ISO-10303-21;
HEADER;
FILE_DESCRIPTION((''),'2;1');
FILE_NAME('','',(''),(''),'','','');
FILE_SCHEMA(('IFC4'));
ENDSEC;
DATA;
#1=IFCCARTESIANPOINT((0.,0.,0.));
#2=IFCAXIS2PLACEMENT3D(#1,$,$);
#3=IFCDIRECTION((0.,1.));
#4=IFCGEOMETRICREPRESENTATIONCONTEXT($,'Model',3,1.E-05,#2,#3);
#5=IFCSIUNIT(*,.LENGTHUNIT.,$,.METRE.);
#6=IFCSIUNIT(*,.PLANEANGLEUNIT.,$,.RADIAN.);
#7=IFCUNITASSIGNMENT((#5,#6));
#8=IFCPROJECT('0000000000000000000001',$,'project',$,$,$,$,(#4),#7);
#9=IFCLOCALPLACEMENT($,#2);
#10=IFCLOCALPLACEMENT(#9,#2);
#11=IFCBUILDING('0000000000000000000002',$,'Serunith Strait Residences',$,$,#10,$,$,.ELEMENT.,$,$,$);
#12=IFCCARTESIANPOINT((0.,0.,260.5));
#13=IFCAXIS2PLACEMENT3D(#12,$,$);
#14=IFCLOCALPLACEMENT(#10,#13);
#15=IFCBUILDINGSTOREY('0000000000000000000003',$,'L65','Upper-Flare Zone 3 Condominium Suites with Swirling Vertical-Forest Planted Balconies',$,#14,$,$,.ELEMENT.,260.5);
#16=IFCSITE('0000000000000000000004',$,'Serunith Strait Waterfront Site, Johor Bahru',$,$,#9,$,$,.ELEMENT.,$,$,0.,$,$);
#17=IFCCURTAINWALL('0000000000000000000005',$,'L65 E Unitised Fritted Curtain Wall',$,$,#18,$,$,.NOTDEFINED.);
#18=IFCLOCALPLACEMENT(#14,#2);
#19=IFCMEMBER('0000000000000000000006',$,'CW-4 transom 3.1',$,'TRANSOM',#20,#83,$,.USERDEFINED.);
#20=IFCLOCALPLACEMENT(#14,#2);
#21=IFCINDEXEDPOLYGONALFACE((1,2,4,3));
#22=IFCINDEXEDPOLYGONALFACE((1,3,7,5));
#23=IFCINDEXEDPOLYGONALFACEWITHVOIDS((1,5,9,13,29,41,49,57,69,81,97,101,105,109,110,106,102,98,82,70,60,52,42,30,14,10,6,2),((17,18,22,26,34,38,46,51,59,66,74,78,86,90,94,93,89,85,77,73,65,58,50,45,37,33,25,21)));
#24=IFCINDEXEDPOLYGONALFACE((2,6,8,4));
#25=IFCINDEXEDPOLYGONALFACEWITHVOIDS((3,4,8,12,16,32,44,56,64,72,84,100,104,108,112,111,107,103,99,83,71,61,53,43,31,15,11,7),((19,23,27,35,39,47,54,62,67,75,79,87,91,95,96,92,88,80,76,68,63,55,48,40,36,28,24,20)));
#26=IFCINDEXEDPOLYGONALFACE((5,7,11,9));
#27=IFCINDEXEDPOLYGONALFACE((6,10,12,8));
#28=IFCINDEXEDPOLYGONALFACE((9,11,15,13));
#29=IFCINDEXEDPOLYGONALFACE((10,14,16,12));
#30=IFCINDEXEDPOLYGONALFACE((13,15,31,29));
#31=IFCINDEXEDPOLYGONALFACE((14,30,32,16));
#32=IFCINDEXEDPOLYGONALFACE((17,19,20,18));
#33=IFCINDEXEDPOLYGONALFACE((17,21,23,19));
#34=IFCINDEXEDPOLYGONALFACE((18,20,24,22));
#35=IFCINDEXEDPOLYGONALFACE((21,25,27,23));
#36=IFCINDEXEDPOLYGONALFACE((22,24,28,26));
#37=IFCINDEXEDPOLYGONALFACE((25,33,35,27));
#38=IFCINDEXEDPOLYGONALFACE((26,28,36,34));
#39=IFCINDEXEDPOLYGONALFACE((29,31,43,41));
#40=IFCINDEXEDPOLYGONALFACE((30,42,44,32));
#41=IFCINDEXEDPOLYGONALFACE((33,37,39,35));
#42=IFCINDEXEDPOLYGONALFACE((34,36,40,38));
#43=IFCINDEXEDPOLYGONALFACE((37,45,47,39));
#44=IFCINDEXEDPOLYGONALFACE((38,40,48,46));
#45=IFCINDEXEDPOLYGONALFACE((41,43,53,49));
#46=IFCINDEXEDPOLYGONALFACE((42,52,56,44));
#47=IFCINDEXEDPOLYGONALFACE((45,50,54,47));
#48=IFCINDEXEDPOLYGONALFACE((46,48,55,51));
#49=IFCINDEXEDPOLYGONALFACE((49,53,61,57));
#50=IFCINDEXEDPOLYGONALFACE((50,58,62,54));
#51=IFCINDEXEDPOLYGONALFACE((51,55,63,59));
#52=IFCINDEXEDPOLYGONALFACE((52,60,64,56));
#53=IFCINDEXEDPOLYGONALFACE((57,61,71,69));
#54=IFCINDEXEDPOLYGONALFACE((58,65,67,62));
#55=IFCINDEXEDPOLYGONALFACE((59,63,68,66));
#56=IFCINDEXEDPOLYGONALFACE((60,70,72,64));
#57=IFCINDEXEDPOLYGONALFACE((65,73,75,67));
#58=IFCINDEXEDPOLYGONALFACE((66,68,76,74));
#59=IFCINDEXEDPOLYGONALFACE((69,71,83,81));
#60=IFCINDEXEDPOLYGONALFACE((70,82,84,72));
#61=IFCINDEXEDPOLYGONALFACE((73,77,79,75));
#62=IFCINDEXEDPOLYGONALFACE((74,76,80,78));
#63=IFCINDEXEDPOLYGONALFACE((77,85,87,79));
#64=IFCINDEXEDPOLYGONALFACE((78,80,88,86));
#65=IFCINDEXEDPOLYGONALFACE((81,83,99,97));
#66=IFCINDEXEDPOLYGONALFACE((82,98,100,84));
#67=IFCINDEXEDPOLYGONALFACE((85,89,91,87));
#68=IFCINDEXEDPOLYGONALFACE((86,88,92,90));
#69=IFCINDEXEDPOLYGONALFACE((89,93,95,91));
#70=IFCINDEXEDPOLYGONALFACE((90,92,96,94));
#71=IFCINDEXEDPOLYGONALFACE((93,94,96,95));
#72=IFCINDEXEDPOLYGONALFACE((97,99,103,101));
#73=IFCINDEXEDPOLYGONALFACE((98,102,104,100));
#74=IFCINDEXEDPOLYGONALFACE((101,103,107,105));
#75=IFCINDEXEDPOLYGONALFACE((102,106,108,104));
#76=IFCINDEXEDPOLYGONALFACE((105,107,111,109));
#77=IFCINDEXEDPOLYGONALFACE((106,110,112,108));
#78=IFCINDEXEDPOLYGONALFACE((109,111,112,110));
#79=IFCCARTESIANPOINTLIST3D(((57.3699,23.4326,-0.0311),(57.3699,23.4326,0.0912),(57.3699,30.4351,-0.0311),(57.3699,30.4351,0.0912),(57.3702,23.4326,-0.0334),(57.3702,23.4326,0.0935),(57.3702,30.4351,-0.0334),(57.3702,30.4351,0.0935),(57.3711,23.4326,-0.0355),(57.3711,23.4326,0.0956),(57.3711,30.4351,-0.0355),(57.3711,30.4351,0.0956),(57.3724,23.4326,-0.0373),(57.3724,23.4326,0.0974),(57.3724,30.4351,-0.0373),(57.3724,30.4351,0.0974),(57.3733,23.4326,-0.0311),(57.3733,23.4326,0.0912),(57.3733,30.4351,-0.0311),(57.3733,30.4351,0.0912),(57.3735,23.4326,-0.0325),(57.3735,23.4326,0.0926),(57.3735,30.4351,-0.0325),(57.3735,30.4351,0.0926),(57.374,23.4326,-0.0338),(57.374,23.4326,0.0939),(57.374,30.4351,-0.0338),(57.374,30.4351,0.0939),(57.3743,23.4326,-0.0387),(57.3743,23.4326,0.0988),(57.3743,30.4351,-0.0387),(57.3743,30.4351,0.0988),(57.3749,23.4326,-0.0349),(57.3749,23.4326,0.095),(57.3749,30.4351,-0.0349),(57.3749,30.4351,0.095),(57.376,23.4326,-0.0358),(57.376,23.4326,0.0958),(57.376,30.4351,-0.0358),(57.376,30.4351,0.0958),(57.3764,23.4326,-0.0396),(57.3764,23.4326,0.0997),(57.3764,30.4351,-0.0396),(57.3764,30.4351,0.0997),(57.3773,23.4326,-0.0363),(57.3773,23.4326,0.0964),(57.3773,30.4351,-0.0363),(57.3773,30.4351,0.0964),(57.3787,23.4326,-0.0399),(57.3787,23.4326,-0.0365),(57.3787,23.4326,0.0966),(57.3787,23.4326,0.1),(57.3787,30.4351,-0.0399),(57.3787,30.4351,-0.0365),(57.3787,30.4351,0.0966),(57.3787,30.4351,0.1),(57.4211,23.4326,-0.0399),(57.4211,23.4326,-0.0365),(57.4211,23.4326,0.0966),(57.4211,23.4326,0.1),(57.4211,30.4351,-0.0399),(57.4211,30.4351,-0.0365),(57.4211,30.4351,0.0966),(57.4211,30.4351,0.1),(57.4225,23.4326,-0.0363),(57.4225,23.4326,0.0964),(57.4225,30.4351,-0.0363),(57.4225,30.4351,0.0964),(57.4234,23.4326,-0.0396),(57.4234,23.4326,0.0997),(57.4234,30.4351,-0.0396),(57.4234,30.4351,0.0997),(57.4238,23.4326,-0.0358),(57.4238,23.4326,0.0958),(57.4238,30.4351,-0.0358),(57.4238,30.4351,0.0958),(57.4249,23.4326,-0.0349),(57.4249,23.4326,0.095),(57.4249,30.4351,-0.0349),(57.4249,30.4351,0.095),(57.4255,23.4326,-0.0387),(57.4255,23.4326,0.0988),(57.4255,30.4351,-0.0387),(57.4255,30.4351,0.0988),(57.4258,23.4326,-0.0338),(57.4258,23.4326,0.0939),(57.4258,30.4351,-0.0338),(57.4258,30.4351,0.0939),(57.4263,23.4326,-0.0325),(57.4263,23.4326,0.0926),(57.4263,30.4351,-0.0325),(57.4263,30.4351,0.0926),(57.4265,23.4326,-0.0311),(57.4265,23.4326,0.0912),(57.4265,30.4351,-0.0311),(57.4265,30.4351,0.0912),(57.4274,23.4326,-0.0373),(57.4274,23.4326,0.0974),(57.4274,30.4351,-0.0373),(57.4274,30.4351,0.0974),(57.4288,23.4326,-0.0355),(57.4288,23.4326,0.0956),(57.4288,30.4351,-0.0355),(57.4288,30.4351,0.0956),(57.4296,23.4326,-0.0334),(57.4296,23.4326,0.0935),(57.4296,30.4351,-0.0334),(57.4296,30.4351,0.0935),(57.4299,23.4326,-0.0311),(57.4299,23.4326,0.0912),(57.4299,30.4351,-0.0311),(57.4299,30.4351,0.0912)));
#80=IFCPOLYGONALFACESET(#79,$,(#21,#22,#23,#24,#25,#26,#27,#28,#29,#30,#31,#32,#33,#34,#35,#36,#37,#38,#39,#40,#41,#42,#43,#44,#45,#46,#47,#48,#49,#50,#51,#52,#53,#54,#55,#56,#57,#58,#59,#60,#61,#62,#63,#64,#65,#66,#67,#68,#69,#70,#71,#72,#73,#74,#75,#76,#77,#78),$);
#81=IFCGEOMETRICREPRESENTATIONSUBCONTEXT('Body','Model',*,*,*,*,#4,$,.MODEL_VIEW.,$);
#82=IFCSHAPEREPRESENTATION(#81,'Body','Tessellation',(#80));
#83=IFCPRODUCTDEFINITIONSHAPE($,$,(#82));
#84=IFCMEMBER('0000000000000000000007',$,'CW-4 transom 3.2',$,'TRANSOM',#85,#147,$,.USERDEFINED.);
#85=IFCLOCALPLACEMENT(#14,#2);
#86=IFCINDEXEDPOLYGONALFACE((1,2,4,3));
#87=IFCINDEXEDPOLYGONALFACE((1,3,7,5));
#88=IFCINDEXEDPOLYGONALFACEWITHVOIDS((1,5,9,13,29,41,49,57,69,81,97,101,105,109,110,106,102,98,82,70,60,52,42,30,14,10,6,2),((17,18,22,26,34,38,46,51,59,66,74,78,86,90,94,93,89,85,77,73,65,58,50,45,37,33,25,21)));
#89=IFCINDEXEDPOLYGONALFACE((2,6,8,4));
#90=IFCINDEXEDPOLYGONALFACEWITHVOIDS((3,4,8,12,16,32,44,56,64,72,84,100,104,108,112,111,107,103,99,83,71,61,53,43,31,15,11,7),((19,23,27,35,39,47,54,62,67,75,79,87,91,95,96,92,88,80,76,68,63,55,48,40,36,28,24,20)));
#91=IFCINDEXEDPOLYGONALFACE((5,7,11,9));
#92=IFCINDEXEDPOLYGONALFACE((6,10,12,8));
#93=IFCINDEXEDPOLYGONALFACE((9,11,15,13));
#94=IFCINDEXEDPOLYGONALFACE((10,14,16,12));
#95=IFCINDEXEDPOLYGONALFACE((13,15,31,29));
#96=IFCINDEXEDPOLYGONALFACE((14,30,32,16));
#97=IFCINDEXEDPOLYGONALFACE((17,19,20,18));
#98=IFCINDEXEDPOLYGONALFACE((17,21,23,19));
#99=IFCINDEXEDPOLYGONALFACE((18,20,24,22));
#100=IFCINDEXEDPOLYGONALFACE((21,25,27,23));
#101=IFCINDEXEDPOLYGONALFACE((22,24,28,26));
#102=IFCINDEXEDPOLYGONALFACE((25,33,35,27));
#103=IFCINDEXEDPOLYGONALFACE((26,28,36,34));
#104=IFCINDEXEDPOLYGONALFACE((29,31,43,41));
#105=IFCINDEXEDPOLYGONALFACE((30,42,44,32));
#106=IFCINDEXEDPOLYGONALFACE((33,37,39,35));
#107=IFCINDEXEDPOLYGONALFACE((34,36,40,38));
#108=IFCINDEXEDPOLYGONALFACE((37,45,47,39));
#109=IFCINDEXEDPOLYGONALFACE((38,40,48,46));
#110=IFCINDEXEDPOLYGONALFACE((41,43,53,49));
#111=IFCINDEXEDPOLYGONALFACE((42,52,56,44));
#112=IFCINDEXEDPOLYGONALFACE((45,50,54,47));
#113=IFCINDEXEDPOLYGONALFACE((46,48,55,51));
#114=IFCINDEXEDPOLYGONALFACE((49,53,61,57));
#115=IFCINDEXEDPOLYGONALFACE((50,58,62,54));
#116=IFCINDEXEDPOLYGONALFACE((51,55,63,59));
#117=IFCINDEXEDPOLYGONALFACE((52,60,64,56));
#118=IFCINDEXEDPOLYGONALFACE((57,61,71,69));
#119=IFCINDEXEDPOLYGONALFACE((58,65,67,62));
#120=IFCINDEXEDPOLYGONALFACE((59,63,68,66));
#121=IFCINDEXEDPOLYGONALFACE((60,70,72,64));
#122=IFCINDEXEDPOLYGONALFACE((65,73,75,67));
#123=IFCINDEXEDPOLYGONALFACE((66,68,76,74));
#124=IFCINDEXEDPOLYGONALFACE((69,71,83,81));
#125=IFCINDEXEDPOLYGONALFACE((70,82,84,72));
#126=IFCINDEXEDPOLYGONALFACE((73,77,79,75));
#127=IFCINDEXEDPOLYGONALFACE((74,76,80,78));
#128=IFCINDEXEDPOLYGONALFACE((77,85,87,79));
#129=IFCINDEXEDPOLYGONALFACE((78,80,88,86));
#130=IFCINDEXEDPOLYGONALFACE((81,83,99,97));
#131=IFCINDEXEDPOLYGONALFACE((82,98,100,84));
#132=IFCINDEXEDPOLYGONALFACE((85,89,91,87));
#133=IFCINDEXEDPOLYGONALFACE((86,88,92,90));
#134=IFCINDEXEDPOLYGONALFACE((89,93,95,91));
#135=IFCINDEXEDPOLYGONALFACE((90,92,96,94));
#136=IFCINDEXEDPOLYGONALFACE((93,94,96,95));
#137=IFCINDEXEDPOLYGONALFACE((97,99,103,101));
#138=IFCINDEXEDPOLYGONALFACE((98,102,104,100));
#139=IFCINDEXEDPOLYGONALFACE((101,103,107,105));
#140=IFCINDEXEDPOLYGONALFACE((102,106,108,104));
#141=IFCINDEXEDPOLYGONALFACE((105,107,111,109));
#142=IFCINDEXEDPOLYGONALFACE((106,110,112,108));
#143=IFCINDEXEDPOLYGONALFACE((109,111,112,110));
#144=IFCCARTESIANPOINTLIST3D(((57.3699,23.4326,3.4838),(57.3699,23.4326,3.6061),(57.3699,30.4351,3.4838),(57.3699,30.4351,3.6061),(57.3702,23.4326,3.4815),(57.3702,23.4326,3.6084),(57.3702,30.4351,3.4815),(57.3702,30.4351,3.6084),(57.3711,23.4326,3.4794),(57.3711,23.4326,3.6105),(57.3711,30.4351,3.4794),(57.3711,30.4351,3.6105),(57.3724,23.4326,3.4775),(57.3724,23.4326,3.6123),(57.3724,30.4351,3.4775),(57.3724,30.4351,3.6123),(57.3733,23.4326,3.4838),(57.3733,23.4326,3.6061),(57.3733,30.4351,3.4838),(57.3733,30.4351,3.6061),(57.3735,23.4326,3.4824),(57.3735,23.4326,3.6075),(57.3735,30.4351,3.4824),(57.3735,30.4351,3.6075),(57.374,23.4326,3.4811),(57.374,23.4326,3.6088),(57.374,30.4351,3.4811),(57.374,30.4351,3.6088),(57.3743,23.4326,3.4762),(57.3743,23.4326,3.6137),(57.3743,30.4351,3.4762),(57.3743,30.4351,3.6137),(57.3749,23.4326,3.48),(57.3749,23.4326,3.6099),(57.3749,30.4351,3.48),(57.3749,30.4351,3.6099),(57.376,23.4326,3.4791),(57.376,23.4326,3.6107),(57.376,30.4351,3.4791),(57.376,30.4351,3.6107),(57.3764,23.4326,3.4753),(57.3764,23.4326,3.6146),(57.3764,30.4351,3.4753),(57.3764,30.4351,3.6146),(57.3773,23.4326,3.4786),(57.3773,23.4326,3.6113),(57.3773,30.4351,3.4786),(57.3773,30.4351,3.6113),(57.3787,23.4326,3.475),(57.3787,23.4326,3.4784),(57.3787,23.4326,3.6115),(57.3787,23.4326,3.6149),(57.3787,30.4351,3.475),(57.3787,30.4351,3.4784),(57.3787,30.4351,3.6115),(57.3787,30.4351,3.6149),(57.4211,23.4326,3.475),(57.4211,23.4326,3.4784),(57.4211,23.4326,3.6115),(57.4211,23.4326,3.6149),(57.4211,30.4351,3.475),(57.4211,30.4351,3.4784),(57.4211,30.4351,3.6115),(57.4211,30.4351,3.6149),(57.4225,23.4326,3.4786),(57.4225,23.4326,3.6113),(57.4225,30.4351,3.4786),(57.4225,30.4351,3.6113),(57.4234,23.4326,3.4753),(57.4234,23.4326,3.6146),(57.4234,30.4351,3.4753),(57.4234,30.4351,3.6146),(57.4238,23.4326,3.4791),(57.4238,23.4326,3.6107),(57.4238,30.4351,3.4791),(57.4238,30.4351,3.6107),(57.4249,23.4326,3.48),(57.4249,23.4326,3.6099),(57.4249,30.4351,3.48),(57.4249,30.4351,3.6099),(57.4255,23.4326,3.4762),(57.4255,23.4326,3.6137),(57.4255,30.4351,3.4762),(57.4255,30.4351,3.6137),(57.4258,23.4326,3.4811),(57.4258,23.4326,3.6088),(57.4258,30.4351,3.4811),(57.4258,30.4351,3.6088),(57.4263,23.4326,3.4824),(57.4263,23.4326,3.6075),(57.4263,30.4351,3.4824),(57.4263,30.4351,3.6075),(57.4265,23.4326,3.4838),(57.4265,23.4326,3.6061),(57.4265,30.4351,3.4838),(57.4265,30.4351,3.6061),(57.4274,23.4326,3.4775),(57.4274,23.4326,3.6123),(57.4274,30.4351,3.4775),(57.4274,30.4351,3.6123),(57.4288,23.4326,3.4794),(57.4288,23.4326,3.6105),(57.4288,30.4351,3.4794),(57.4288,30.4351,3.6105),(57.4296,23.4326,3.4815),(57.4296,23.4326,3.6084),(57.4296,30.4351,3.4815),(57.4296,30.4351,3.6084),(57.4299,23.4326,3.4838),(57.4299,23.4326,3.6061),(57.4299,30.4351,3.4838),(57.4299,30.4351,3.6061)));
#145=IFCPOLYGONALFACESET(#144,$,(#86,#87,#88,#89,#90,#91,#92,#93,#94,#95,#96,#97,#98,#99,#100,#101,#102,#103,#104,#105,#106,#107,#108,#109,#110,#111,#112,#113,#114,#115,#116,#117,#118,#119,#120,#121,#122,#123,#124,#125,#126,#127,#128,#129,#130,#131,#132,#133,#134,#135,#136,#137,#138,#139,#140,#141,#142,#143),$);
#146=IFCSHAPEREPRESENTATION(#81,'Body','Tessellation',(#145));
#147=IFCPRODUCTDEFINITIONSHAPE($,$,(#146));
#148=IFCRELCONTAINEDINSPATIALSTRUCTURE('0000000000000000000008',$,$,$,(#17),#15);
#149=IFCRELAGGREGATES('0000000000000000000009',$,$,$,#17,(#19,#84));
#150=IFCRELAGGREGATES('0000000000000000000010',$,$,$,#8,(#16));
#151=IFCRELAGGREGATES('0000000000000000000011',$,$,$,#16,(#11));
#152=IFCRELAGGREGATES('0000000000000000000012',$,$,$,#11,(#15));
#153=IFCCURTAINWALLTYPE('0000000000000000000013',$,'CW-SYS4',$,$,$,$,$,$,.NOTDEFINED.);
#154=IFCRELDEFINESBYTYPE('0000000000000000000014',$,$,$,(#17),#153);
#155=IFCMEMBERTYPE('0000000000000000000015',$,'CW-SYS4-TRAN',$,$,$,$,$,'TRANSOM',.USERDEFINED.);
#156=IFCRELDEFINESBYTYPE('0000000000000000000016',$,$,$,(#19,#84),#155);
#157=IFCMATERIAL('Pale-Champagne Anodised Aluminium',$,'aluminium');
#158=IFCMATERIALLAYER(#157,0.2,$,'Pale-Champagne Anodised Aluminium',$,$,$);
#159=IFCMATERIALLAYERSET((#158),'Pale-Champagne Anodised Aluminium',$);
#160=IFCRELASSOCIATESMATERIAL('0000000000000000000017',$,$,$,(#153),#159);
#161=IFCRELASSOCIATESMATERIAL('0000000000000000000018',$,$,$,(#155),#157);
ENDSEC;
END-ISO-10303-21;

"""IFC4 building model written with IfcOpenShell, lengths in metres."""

from ifc_helpers import new_model, si_unit, direction, frame, origin, origin_2d, place, context, subcontext, project, spatial, hollow_rectangle, extrude, source, transform, mapped, material, layer, layer_set, material_profile, profile_set, type_object, element, aggregate, save


model = new_model("IFC4")

# Units and contexts
model_context = context("Model", 3, precision=1e-05, world=origin(), true_north=direction((0.0, 1.0)))
body_context = subcontext(model_context, "Body", "Model", "MODEL_VIEW")
ifc_project = project(units=[si_unit("LENGTHUNIT", "METRE"), si_unit("PLANEANGLEUNIT", "RADIAN")], contexts=[model_context])

# Site, building, storey
site_placement = place(None, origin())
site = spatial("IfcSite", under=ifc_project, at=site_placement, Name="Serunith Strait Waterfront Site, Johor Bahru", CompositionType="ELEMENT", RefElevation=0.0)
building_placement = place(site_placement, origin())
building = spatial("IfcBuilding", under=site, at=building_placement, Name="Serunith Strait Residences", CompositionType="ELEMENT")
storey_placement = place(building_placement, frame((0.0, 0.0, 260.5)))
storey = spatial("IfcBuildingStorey", under=building, at=storey_placement, Name="L65", Description="Upper-Flare Zone 3 Condominium Suites with Swirling Vertical-Forest Planted Balconies", CompositionType="ELEMENT", Elevation=260.5)

# Curtain wall, members
ifc_material_1 = material(Name="Pale-Champagne Anodised Aluminium", Category="aluminium")
ifc_layer_1 = layer(ifc_material_1, 0.2, Name="Pale-Champagne Anodised Aluminium")
ifc_layer_set_1 = layer_set([ifc_layer_1], Name="Pale-Champagne Anodised Aluminium")
curtain_wall_type = type_object("IfcCurtainWallType", Name="CW-SYS4", PredefinedType="NOTDEFINED", material=ifc_layer_set_1)
curtain_wall_placement = place(storey_placement, origin())
curtain_wall = element("IfcCurtainWall", 1, at=curtain_wall_placement, inside=storey, type_object=curtain_wall_type, Name="L65 E Unitised Fritted Curtain Wall", PredefinedType="NOTDEFINED")
ifc_material_profile_1 = material_profile(ifc_material_1, hollow_rectangle(XDim=0.0601, YDim=0.1399, WallThickness=0.0034, InnerFilletRadius=0.0054, OuterFilletRadius=0.0088, at=origin_2d()), Name="ALU 140x60x3.5")
ifc_profile_set_1 = profile_set([ifc_material_profile_1], Name="Pale-Champagne Anodised Aluminium")
member_type_1 = type_object("IfcMemberType", Name="CW-SYS4-TRAN", ElementType="TRANSOM", PredefinedType="USERDEFINED", material=ifc_profile_set_1)
shared_shape_1 = source(origin(), body_context, "Body", "SweptSolid", [
    extrude(hollow_rectangle(XDim=0.0601, YDim=0.1399, WallThickness=0.0034, InnerFilletRadius=0.0054, OuterFilletRadius=0.0088, at=origin_2d()), origin(), (0.0, 0.0, 1.0), 7.0024),
])
member_1_placement = place(storey_placement, frame((57.3999, 23.4326, 0.03), z_axis=(0.0, 1.0, 0.0), x_axis=(-1.0, 0.0, 0.0)))
member_1 = element("IfcMember", 2, at=member_1_placement, type_object=member_type_1, Name="CW-4 transom 3.1", ObjectType="TRANSOM", PredefinedType="USERDEFINED", context=body_context, shape_type="MappedRepresentation", body=[
    mapped(shared_shape_1, transform((0.0, 0.0, 0.0), scale=1.0)),
])
member_2_placement = place(storey_placement, frame((57.3999, 23.4326, 3.5449), z_axis=(0.0, 1.0, 0.0), x_axis=(-1.0, 0.0, 0.0)))
member_2 = element("IfcMember", 3, at=member_2_placement, type_object=member_type_1, Name="CW-4 transom 3.2", ObjectType="TRANSOM", PredefinedType="USERDEFINED", context=body_context, shape_type="MappedRepresentation", body=[
    mapped(shared_shape_1, transform((0.0, 0.0, 0.0), scale=1.0)),
])
aggregate(curtain_wall, [member_1, member_2])

save(model, "model.ifc")
